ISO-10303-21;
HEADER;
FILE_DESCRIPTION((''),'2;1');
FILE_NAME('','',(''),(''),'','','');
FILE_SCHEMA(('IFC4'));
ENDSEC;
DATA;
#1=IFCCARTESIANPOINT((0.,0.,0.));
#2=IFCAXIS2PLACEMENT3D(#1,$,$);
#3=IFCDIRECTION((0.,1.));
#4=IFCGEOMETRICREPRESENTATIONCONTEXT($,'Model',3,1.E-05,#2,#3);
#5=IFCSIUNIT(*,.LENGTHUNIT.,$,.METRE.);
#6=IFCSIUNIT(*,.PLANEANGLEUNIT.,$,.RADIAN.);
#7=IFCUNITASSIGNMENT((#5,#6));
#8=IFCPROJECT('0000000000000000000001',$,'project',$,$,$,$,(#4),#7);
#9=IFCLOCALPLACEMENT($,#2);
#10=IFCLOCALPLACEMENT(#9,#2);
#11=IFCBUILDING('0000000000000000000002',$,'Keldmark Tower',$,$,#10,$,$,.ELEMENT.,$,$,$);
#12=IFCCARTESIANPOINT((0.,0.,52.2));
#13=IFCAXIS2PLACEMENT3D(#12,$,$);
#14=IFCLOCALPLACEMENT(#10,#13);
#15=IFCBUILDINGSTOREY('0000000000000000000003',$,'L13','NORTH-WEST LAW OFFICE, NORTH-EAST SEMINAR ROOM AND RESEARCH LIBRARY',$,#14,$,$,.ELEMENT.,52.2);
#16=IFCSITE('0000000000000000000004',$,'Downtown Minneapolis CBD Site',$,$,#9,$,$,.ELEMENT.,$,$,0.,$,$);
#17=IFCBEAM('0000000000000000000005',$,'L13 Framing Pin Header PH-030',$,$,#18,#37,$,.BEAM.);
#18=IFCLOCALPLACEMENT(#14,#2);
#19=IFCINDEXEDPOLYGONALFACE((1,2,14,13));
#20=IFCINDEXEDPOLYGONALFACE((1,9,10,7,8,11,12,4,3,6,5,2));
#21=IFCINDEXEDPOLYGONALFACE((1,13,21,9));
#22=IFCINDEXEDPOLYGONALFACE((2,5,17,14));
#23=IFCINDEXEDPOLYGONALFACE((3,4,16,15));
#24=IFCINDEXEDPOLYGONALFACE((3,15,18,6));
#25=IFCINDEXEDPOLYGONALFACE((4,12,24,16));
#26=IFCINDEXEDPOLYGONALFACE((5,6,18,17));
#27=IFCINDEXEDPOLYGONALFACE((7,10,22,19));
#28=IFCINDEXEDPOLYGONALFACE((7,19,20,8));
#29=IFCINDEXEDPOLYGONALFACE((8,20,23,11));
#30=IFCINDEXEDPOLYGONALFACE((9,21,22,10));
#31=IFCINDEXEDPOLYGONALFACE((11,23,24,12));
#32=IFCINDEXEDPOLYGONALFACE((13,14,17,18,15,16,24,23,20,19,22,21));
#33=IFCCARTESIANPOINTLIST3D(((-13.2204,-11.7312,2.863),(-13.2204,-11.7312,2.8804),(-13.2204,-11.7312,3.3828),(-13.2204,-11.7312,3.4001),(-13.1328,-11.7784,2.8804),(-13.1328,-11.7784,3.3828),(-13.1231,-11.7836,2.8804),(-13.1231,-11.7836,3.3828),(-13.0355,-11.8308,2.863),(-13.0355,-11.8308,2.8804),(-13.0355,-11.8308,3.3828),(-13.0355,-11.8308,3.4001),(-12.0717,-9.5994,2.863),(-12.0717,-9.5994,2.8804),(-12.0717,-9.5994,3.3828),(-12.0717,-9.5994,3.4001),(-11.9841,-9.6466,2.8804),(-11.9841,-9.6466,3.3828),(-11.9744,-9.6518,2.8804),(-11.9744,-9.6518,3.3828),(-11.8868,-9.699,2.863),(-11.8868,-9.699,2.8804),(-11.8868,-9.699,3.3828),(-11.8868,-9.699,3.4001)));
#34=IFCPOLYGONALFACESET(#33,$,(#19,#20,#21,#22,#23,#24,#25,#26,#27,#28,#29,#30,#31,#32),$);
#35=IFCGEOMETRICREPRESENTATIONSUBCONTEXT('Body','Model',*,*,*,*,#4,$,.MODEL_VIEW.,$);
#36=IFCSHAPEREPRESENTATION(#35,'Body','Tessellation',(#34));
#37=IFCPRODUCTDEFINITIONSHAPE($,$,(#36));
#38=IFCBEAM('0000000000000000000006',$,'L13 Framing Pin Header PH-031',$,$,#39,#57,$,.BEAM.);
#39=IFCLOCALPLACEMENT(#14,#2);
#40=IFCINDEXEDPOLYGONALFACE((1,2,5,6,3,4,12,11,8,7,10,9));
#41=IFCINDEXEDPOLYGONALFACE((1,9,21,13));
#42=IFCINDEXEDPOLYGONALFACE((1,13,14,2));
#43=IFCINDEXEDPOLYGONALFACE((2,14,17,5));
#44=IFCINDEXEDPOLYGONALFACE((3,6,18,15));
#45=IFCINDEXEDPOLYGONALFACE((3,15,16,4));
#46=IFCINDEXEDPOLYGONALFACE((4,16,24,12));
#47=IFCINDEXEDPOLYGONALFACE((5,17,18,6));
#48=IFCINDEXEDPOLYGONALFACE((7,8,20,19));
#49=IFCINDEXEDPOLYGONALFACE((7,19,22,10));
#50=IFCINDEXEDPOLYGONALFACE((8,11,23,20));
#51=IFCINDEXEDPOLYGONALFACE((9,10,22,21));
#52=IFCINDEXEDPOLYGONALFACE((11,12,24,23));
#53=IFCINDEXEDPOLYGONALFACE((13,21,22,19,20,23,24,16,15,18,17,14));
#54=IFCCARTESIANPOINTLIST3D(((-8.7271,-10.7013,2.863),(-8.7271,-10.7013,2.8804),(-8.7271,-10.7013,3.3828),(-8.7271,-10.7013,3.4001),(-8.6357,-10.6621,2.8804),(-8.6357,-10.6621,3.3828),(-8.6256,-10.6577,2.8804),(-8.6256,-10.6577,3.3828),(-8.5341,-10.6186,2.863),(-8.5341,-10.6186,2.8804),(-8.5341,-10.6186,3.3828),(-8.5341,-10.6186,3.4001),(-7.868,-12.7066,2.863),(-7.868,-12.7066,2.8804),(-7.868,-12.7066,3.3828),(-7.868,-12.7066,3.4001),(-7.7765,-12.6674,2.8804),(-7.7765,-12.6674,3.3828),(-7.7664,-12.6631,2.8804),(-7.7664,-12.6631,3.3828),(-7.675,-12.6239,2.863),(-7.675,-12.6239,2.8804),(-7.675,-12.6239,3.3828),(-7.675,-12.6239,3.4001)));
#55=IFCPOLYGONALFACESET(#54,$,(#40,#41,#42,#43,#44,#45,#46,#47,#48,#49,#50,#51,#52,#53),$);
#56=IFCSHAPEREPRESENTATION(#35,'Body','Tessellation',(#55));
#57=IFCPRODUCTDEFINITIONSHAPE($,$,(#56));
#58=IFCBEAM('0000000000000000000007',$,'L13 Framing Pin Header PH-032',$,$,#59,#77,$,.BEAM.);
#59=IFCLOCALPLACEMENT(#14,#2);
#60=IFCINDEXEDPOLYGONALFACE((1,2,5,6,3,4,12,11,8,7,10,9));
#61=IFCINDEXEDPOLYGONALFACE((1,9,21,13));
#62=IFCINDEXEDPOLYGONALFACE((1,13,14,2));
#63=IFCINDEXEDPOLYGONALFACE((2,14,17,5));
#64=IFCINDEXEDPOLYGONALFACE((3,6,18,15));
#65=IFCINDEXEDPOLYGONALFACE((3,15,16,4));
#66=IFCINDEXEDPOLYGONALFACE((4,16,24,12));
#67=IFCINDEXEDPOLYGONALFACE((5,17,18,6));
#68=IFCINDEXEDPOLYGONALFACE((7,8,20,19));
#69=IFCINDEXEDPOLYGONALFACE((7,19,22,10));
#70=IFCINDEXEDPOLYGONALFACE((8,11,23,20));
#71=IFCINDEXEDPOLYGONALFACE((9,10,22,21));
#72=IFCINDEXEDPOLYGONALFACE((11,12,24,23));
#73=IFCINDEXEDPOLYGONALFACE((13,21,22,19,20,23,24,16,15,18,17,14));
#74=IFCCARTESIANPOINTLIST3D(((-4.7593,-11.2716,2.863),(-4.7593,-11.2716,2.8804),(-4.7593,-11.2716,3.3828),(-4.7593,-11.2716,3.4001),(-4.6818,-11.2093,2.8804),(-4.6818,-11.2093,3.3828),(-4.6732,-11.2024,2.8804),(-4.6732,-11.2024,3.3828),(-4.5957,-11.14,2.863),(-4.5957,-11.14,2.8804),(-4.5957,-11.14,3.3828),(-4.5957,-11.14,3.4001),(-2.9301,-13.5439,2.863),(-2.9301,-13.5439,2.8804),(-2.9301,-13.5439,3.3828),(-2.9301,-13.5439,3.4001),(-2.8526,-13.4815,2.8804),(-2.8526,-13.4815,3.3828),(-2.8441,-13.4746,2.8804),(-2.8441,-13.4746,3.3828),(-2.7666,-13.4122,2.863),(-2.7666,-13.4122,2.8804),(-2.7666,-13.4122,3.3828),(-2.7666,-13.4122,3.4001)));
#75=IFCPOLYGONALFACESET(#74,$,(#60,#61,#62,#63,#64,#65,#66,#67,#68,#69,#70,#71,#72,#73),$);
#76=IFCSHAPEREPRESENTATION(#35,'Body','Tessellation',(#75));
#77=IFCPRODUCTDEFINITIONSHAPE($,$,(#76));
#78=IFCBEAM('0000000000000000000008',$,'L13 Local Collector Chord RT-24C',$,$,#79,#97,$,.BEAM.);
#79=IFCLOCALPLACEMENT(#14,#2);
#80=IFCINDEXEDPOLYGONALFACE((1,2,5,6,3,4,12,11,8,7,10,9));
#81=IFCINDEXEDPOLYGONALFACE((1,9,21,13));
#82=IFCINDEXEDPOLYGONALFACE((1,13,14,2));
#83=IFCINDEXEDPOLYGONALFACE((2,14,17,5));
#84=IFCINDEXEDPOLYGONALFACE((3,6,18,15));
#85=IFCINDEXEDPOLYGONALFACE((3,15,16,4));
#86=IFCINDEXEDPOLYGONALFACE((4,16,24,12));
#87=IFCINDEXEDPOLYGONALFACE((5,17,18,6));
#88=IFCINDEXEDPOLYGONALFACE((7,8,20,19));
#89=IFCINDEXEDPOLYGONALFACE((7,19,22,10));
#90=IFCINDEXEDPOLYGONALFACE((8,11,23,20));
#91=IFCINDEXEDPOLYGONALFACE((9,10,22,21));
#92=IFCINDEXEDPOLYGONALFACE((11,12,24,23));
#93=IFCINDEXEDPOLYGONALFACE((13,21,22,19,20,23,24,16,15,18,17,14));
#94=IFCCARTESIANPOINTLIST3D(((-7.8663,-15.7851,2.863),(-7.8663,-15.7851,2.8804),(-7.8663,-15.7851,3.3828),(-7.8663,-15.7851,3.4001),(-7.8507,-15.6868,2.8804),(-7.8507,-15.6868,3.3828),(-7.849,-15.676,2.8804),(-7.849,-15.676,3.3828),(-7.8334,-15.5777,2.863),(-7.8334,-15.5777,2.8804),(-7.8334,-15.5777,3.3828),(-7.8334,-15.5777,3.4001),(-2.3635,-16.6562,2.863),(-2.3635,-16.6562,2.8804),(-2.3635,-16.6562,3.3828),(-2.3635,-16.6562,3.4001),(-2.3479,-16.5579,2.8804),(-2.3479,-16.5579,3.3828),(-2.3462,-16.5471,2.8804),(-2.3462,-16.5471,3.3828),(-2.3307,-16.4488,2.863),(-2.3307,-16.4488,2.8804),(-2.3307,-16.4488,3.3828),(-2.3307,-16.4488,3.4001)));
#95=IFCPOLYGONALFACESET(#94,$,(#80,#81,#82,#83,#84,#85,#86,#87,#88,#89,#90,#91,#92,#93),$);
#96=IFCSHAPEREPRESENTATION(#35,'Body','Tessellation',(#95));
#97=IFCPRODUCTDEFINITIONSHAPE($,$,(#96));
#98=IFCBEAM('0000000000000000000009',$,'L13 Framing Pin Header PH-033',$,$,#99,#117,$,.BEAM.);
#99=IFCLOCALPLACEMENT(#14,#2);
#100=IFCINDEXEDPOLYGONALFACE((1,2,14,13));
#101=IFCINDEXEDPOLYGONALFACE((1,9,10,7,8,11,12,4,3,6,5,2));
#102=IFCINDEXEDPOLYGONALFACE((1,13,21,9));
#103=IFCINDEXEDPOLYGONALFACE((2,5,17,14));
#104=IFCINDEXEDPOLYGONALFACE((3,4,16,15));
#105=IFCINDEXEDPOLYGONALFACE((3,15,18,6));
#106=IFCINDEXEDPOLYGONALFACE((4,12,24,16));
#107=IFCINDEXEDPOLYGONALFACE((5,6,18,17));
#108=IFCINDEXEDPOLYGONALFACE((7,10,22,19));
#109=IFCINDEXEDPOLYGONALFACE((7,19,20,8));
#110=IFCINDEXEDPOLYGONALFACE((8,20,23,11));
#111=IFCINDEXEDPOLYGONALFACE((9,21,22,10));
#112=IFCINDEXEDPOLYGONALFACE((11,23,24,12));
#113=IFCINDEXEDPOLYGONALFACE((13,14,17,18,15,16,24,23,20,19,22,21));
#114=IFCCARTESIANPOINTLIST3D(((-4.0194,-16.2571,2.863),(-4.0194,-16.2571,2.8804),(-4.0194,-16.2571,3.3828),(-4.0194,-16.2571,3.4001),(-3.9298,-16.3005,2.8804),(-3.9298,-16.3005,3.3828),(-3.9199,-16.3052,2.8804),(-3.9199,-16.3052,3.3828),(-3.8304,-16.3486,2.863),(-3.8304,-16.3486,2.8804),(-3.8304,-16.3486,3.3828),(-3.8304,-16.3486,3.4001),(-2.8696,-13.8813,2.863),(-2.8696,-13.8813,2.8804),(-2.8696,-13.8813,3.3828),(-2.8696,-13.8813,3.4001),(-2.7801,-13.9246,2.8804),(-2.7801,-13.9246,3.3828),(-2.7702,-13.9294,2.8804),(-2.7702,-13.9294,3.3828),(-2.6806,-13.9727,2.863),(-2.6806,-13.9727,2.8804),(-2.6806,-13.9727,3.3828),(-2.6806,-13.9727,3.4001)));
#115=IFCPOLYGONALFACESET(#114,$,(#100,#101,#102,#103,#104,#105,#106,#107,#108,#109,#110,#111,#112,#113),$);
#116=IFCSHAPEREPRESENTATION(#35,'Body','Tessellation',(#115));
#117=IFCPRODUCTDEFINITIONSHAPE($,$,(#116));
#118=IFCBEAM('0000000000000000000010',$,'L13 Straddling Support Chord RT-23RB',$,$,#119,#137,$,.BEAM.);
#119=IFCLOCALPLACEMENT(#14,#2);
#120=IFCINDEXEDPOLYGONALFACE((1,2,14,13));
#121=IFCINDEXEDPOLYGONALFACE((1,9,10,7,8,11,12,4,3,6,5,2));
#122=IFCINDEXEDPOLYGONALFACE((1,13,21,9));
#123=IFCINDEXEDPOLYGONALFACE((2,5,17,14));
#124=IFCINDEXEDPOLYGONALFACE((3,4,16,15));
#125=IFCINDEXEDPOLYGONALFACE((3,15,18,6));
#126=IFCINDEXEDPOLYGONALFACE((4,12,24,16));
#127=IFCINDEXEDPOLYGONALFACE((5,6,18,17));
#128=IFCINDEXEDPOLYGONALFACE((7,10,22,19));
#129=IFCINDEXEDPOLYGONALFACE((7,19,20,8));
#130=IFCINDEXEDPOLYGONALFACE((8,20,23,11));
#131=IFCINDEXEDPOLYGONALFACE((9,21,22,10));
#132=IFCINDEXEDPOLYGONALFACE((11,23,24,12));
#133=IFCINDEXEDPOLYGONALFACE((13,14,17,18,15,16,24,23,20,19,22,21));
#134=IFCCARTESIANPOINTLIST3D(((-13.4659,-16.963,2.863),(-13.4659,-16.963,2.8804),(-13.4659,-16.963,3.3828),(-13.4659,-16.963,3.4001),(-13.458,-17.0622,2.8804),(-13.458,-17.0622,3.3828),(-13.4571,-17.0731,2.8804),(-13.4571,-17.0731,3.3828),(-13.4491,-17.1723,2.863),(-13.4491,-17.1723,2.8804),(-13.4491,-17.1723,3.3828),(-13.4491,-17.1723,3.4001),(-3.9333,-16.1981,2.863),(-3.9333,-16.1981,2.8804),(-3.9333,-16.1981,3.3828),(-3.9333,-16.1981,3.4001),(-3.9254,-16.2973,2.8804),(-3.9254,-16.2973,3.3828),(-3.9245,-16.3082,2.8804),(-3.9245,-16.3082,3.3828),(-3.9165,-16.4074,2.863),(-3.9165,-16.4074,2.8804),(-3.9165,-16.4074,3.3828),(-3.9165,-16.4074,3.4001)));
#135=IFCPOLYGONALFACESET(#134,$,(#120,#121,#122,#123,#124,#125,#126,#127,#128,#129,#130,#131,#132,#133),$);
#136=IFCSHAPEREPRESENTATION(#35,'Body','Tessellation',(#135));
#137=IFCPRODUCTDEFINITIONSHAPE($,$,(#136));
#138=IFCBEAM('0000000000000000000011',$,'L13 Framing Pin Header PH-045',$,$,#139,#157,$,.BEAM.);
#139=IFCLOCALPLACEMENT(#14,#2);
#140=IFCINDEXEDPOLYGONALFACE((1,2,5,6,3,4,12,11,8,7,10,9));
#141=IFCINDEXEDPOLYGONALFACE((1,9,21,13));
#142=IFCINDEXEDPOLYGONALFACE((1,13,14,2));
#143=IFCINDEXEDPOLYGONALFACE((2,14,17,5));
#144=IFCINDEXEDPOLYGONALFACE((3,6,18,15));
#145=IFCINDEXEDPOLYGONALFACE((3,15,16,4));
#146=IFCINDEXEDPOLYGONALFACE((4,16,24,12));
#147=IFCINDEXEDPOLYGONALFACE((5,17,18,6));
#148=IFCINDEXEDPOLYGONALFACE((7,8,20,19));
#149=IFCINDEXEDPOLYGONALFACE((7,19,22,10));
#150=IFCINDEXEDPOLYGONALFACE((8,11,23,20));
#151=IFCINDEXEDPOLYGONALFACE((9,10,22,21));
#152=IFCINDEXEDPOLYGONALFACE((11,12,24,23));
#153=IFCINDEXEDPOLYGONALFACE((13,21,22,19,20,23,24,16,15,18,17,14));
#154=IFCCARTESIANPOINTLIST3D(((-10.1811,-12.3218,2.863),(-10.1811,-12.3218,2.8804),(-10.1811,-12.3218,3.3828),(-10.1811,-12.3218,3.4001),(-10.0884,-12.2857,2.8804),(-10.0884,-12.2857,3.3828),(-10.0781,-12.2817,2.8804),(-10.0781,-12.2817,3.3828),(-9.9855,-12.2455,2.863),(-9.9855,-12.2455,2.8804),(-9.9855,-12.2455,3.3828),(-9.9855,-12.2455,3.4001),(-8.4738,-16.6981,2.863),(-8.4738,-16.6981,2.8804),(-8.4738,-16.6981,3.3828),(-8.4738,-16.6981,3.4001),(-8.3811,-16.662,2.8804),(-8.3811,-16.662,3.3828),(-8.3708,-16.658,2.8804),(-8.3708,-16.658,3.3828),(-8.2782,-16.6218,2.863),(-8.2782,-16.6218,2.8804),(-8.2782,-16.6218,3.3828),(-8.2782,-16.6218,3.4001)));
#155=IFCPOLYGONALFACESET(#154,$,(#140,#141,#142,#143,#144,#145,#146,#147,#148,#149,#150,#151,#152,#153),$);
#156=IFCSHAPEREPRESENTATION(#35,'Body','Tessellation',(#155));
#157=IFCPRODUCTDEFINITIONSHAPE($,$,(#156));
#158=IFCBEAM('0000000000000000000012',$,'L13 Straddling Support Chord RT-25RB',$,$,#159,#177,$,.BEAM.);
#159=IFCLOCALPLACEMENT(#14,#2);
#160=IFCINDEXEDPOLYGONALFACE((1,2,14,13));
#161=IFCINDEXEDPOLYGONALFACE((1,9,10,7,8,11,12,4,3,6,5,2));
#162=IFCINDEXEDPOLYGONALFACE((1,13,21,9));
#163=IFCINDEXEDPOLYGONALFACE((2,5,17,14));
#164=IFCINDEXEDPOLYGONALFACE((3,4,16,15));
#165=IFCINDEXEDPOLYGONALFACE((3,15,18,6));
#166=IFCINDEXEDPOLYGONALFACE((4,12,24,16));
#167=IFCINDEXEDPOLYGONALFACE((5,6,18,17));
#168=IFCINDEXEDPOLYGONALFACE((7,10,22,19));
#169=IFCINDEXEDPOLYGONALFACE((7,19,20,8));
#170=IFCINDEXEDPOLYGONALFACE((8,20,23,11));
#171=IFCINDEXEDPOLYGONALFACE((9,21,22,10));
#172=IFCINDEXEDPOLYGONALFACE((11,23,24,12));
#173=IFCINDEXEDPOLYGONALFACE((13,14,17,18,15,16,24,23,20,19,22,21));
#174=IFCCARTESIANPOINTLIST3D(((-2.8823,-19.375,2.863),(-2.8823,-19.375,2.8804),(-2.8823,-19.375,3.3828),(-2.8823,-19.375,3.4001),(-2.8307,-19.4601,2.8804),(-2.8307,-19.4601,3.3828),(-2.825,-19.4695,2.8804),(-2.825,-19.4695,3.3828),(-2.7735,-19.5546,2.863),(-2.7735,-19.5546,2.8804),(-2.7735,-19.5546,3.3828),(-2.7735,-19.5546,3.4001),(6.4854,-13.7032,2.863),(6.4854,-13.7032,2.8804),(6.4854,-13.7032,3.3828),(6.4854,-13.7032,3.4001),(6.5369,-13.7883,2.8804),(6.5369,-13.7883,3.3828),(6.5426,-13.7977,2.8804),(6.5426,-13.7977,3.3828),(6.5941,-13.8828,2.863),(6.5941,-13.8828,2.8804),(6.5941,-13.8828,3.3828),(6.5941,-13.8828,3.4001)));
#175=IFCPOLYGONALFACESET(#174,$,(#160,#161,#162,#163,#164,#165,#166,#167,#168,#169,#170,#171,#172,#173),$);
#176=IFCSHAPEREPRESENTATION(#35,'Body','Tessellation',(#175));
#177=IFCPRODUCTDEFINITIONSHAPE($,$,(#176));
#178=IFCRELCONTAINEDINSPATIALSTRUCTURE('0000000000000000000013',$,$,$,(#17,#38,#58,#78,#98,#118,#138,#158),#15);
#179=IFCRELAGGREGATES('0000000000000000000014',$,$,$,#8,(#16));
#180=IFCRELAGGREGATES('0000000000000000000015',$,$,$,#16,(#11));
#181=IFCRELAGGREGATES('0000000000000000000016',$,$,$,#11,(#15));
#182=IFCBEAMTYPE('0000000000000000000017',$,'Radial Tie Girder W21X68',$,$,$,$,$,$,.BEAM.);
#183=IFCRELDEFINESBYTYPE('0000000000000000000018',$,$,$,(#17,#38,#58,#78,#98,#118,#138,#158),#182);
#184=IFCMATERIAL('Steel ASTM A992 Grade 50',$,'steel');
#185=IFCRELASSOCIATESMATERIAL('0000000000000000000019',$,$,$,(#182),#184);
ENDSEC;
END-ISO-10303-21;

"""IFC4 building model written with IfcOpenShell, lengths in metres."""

from ifc_helpers import new_model, si_unit, direction, frame, origin, origin_2d, place, context, subcontext, project, spatial, i_section, extrude, material, material_profile, profile_set, type_object, element, save


model = new_model("IFC4")

# Units and contexts
model_context = context("Model", 3, precision=1e-05, world=origin(), true_north=direction((0.0, 1.0)))
body_context = subcontext(model_context, "Body", "Model", "MODEL_VIEW")
ifc_project = project(units=[si_unit("LENGTHUNIT", "METRE"), si_unit("PLANEANGLEUNIT", "RADIAN")], contexts=[model_context])

# Site, building, storey
site_placement = place(None, origin())
site = spatial("IfcSite", under=ifc_project, at=site_placement, Name="Downtown Minneapolis CBD Site", CompositionType="ELEMENT", RefElevation=0.0)
building_placement = place(site_placement, origin())
building = spatial("IfcBuilding", under=site, at=building_placement, Name="Keldmark Tower", CompositionType="ELEMENT")
storey_placement = place(building_placement, frame((0.0, 0.0, 52.2)))
storey = spatial("IfcBuildingStorey", under=building, at=storey_placement, Name="L13", Description="NORTH-WEST LAW OFFICE, NORTH-EAST SEMINAR ROOM AND RESEARCH LIBRARY", CompositionType="ELEMENT", Elevation=52.2)

# Beams
ifc_material_1 = material(Name="Steel ASTM A992 Grade 50", Category="steel")
ifc_material_profile_1 = material_profile(ifc_material_1, i_section(OverallWidth=0.21, OverallDepth=0.5371, WebThickness=0.011, FlangeThickness=0.0173, at=origin_2d()), Name="W21X68")
ifc_profile_set_1 = profile_set([ifc_material_profile_1], Name="Steel ASTM A992 Grade 50")
beam_type_1 = type_object("IfcBeamType", Name="Radial Tie Girder W21X68", PredefinedType="BEAM", material=ifc_profile_set_1)
beam_1_placement = place(storey_placement, frame((-11.9792, -9.6492, 3.1316), z_axis=(-0.474346, -0.880338, 0.0), x_axis=(0.880338, -0.474346, 0.0)))
element("IfcBeam", 1, at=beam_1_placement, inside=storey, type_object=beam_type_1, Name="L13 Framing Pin Header PH-030", PredefinedType="BEAM", context=body_context, shape_type="SweptSolid", body=[
    extrude(i_section(OverallWidth=0.21, OverallDepth=0.5371, WebThickness=0.011, FlangeThickness=0.0173, at=origin_2d()), origin(), (0.0, 0.0, 1.0), 2.4216),
])
beam_2_placement = place(storey_placement, frame((-8.6306, -10.6599, 3.1316), z_axis=(0.393798, -0.919197, 0.0), x_axis=(0.919197, 0.393798, 0.0)))
element("IfcBeam", 2, at=beam_2_placement, inside=storey, type_object=beam_type_1, Name="L13 Framing Pin Header PH-031", PredefinedType="BEAM", context=body_context, shape_type="SweptSolid", body=[
    extrude(i_section(OverallWidth=0.21, OverallDepth=0.5371, WebThickness=0.011, FlangeThickness=0.0173, at=origin_2d()), origin(), (0.0, 0.0, 1.0), 2.1816),
])
beam_3_placement = place(storey_placement, frame((-4.6775, -11.2058, 3.1316), z_axis=(0.62706, -0.778971, 0.0), x_axis=(0.778971, 0.62706, 0.0)))
element("IfcBeam", 3, at=beam_3_placement, inside=storey, type_object=beam_type_1, Name="L13 Framing Pin Header PH-032", PredefinedType="BEAM", context=body_context, shape_type="SweptSolid", body=[
    extrude(i_section(OverallWidth=0.21, OverallDepth=0.5371, WebThickness=0.011, FlangeThickness=0.0173, at=origin_2d()), origin(), (0.0, 0.0, 1.0), 2.917),
])
beam_4_placement = place(storey_placement, frame((-7.8499, -15.6814, 3.1316), z_axis=(0.987701, -0.156356, 0.0), x_axis=(0.156356, 0.987701, 0.0)))
element("IfcBeam", 4, at=beam_4_placement, inside=storey, type_object=beam_type_1, Name="L13 Local Collector Chord RT-24C", PredefinedType="BEAM", context=body_context, shape_type="SweptSolid", body=[
    extrude(i_section(OverallWidth=0.21, OverallDepth=0.5371, WebThickness=0.011, FlangeThickness=0.0173, at=origin_2d()), origin(), (0.0, 0.0, 1.0), 5.5713),
])
beam_5_placement = place(storey_placement, frame((-2.7751, -13.927, 3.1316), z_axis=(-0.435595, -0.900143, 0.0), x_axis=(0.900143, -0.435595, 0.0)))
element("IfcBeam", 5, at=beam_5_placement, inside=storey, type_object=beam_type_1, Name="L13 Framing Pin Header PH-033", PredefinedType="BEAM", context=body_context, shape_type="SweptSolid", body=[
    extrude(i_section(OverallWidth=0.21, OverallDepth=0.5371, WebThickness=0.011, FlangeThickness=0.0173, at=origin_2d()), origin(), (0.0, 0.0, 1.0), 2.6394),
])
beam_6_placement = place(storey_placement, frame((-13.4575, -17.0676, 3.1316), z_axis=(0.996796, 0.079982, 0.0), x_axis=(-0.079982, 0.996796, 0.0)))
element("IfcBeam", 6, at=beam_6_placement, inside=storey, type_object=beam_type_1, Name="L13 Straddling Support Chord RT-23RB", PredefinedType="BEAM", context=body_context, shape_type="SweptSolid", body=[
    extrude(i_section(OverallWidth=0.21, OverallDepth=0.5371, WebThickness=0.011, FlangeThickness=0.0173, at=origin_2d()), origin(), (0.0, 0.0, 1.0), 9.5632),
])
beam_7_placement = place(storey_placement, frame((-10.0833, -12.2837, 3.1316), z_axis=(0.363447, -0.931615, 0.0), x_axis=(0.931615, 0.363447, 0.0)))
element("IfcBeam", 7, at=beam_7_placement, inside=storey, type_object=beam_type_1, Name="L13 Framing Pin Header PH-045", PredefinedType="BEAM", context=body_context, shape_type="SweptSolid", body=[
    extrude(i_section(OverallWidth=0.21, OverallDepth=0.5371, WebThickness=0.011, FlangeThickness=0.0173, at=origin_2d()), origin(), (0.0, 0.0, 1.0), 4.6975),
])
beam_8_placement = place(storey_placement, frame((-2.8279, -19.4648, 3.1316), z_axis=(0.855421, 0.517934, 0.0), x_axis=(-0.517934, 0.855421, 0.0)))
element("IfcBeam", 8, at=beam_8_placement, inside=storey, type_object=beam_type_1, Name="L13 Straddling Support Chord RT-25RB", PredefinedType="BEAM", context=body_context, shape_type="SweptSolid", body=[
    extrude(i_section(OverallWidth=0.21, OverallDepth=0.5371, WebThickness=0.011, FlangeThickness=0.0173, at=origin_2d()), origin(), (0.0, 0.0, 1.0), 10.9509),
])

save(model, "model.ifc")
